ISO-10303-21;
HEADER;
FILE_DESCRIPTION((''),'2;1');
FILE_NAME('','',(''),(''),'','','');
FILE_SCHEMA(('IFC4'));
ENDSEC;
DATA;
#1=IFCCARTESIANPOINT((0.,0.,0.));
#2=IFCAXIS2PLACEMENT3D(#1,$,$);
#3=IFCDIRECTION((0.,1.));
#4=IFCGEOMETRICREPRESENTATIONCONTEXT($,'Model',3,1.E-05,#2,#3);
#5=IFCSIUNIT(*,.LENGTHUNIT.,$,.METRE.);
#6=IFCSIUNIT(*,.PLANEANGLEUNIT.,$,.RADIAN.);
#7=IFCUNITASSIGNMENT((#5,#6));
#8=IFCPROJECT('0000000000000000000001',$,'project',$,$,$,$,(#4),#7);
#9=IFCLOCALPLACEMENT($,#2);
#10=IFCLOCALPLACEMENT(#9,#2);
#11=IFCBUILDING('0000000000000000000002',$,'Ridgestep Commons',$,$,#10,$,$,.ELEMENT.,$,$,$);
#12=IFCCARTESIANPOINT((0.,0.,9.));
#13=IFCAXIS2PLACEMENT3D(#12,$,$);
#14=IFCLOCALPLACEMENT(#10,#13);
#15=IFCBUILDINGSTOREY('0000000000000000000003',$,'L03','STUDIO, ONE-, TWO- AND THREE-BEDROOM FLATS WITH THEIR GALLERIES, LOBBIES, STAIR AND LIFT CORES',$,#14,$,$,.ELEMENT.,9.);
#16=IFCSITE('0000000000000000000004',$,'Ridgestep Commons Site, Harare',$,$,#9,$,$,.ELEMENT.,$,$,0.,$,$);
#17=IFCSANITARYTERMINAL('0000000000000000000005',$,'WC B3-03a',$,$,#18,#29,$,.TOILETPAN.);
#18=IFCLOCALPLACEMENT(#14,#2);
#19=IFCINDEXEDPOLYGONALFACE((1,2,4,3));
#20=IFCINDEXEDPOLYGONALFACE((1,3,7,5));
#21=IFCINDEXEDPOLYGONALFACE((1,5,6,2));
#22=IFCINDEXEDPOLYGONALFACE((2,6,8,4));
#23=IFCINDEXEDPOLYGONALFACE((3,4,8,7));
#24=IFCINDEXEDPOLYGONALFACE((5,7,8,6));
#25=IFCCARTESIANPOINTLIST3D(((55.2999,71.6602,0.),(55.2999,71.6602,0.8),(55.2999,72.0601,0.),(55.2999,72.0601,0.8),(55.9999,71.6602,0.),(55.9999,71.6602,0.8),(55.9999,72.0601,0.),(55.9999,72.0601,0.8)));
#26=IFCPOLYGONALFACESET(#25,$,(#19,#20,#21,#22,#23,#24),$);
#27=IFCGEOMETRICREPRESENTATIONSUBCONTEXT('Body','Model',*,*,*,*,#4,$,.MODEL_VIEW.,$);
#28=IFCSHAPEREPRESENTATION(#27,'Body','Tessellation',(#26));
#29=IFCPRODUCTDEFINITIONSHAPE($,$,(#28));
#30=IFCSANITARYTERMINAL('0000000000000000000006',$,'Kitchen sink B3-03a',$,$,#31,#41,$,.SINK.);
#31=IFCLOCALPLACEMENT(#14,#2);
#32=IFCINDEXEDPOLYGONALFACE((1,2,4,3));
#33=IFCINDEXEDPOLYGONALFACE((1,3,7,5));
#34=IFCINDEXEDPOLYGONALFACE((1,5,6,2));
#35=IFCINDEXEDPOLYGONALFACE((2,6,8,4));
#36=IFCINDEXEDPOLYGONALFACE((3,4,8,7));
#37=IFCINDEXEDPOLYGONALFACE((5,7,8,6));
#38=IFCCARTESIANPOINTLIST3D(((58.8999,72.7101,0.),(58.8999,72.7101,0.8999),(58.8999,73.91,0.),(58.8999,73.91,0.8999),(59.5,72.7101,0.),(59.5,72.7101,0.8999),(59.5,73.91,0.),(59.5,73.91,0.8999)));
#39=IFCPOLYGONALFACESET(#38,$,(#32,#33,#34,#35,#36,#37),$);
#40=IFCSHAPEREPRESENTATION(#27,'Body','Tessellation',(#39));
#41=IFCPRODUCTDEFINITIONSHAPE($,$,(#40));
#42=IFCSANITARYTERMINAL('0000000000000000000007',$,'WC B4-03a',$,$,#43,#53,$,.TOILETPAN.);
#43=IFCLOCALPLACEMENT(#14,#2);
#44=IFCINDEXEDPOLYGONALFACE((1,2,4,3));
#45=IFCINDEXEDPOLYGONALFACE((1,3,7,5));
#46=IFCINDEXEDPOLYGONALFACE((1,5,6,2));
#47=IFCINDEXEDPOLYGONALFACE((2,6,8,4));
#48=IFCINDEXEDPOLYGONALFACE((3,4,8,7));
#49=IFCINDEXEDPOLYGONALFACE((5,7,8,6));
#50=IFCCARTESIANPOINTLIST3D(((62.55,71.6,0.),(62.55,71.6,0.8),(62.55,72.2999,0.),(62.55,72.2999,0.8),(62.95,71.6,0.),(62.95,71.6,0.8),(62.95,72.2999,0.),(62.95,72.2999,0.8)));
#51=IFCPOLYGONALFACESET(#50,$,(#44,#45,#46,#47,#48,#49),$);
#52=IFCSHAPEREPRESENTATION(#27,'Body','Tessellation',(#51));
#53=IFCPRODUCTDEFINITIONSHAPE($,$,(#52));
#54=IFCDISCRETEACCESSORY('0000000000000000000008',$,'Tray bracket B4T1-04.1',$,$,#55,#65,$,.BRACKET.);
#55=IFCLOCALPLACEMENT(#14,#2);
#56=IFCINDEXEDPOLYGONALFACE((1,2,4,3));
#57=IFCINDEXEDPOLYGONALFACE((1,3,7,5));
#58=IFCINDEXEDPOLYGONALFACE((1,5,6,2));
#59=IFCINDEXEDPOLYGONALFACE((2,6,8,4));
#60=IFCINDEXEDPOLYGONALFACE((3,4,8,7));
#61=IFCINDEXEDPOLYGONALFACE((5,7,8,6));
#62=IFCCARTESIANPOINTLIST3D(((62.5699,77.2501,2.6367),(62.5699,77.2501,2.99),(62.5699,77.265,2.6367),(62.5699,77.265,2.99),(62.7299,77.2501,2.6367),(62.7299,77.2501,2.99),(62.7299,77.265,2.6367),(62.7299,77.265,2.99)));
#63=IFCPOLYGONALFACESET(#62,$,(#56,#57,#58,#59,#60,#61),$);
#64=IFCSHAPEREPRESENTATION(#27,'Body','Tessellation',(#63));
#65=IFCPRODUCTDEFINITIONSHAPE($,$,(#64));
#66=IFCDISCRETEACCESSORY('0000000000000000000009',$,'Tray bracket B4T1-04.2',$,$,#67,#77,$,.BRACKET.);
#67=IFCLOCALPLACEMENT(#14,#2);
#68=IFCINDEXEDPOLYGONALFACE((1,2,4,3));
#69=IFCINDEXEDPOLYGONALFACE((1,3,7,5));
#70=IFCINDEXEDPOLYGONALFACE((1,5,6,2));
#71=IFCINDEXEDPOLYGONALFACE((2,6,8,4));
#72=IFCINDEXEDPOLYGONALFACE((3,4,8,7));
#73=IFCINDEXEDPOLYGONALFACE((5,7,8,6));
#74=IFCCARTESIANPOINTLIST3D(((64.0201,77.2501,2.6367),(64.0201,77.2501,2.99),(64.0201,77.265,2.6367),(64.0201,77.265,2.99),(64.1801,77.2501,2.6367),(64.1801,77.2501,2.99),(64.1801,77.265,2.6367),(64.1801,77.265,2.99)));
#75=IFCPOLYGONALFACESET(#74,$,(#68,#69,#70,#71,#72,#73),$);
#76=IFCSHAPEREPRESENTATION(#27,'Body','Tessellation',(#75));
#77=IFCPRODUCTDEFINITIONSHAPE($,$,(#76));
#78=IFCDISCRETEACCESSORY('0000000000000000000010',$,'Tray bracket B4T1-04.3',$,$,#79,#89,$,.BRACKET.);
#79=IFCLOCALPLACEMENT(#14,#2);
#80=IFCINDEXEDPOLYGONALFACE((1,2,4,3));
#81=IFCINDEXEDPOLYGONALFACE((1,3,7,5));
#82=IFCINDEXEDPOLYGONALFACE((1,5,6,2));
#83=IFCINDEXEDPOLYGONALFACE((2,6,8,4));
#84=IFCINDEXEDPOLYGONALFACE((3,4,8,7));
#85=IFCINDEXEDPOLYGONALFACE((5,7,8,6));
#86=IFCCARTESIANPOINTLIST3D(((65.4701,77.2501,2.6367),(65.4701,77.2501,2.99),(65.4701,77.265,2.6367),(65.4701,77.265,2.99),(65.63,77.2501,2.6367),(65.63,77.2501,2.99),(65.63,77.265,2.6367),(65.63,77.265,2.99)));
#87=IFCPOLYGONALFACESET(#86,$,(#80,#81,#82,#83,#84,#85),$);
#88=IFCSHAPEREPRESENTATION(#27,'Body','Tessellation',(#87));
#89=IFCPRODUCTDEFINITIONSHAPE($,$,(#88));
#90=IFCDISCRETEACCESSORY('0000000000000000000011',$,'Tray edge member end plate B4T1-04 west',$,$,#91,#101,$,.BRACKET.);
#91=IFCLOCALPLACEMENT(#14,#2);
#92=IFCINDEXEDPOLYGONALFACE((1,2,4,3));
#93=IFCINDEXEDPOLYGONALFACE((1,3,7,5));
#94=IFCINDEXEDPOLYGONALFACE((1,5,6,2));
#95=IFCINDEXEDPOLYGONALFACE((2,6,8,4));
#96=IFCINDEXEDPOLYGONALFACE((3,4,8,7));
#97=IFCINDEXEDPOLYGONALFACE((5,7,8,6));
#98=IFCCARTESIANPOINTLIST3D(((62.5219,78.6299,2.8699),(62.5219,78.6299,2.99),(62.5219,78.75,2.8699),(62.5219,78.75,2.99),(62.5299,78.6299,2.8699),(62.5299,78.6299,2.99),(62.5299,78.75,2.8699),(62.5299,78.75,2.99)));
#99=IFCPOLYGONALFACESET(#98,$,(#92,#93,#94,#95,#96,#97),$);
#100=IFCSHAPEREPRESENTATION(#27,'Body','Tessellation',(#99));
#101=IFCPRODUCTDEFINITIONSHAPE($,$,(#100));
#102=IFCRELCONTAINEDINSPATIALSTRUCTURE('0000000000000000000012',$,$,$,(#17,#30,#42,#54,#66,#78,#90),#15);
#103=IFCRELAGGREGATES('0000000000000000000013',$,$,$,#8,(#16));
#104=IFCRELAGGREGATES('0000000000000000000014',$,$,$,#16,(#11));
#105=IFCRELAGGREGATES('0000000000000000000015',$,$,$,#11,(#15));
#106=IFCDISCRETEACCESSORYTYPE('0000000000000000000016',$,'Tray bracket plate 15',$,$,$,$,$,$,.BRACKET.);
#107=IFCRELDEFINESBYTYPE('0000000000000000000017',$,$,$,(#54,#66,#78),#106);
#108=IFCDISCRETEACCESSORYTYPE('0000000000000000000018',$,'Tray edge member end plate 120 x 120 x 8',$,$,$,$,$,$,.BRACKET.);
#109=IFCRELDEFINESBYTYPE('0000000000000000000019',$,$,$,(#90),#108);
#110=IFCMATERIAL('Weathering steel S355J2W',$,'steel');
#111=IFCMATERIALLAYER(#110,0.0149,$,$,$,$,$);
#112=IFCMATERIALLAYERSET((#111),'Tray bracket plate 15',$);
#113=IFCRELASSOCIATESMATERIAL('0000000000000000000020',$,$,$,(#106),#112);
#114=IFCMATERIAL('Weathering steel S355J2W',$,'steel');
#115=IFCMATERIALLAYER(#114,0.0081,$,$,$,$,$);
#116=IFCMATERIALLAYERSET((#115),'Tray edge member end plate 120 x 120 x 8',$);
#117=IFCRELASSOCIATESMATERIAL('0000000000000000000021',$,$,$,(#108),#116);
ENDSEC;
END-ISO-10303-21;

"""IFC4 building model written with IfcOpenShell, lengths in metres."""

from ifc_helpers import new_model, si_unit, direction, frame, origin, origin_2d, place, context, subcontext, project, spatial, rectangle, extrude, material, layer, layer_set, type_object, element, save


model = new_model("IFC4")

# Units and contexts
model_context = context("Model", 3, precision=1e-05, world=origin(), true_north=direction((0.0, 1.0)))
body_context = subcontext(model_context, "Body", "Model", "MODEL_VIEW")
ifc_project = project(units=[si_unit("LENGTHUNIT", "METRE"), si_unit("PLANEANGLEUNIT", "RADIAN")], contexts=[model_context])

# Site, building, storey
site_placement = place(None, origin())
site = spatial("IfcSite", under=ifc_project, at=site_placement, Name="Ridgestep Commons Site, Harare", CompositionType="ELEMENT", RefElevation=0.0)
building_placement = place(site_placement, origin())
building = spatial("IfcBuilding", under=site, at=building_placement, Name="Ridgestep Commons", CompositionType="ELEMENT")
storey_placement = place(building_placement, frame((0.0, 0.0, 9.0)))
storey = spatial("IfcBuildingStorey", under=building, at=storey_placement, Name="L03", Description="STUDIO, ONE-, TWO- AND THREE-BEDROOM FLATS WITH THEIR GALLERIES, LOBBIES, STAIR AND LIFT CORES", CompositionType="ELEMENT", Elevation=9.0)

# Sanitary terminals
sanitary_terminal_1_placement = place(storey_placement, frame((55.6499, 71.8601, 0.0), z_axis=(0.0, 0.0, 1.0), x_axis=(1.0, 0.0, 0.0)))
element("IfcSanitaryTerminal", 1, at=sanitary_terminal_1_placement, inside=storey, Name="WC B3-03a", PredefinedType="TOILETPAN", context=body_context, shape_type="SweptSolid", body=[
    extrude(rectangle(XDim=0.7, YDim=0.3999, at=origin_2d()), origin(), (0.0, 0.0, 1.0), 0.8),
])
sanitary_terminal_2_placement = place(storey_placement, frame((59.2, 73.3101, 0.0), z_axis=(0.0, 0.0, 1.0), x_axis=(1.0, 0.0, 0.0)))
element("IfcSanitaryTerminal", 2, at=sanitary_terminal_2_placement, inside=storey, Name="Kitchen sink B3-03a", PredefinedType="SINK", context=body_context, shape_type="SweptSolid", body=[
    extrude(rectangle(XDim=0.6001, YDim=1.2, at=origin_2d()), origin(), (0.0, 0.0, 1.0), 0.8999),
])
sanitary_terminal_3_placement = place(storey_placement, frame((62.75, 71.95, 0.0), z_axis=(0.0, 0.0, 1.0), x_axis=(1.0, 0.0, 0.0)))
element("IfcSanitaryTerminal", 3, at=sanitary_terminal_3_placement, inside=storey, Name="WC B4-03a", PredefinedType="TOILETPAN", context=body_context, shape_type="SweptSolid", body=[
    extrude(rectangle(XDim=0.3999, YDim=0.7, at=origin_2d()), origin(), (0.0, 0.0, 1.0), 0.8),
])

# Discrete accessories
ifc_material_1 = material(Name="Weathering steel S355J2W", Category="steel")
ifc_layer_1 = layer(ifc_material_1, 0.0149)
ifc_layer_set_1 = layer_set([ifc_layer_1], Name="Tray bracket plate 15")
discrete_accessory_type_1 = type_object("IfcDiscreteAccessoryType", Name="Tray bracket plate 15", PredefinedType="BRACKET", material=ifc_layer_set_1)
for number, where, z_axis, x_axis, name in (
    (4, (62.6499, 77.2576, 2.6367), (0.0, 0.0, 1.0), (1.0, 0.0, 0.0), "Tray bracket B4T1-04.1"),
    (5, (64.1001, 77.2576, 2.6367), (0.0, 0.0, 1.0), (1.0, 0.0, 0.0), "Tray bracket B4T1-04.2"),
    (6, (65.55, 77.2576, 2.6367), (0.0, 0.0, 1.0), (1.0, 0.0, 0.0), "Tray bracket B4T1-04.3"),
):
    element("IfcDiscreteAccessory", number, at=place(storey_placement, frame(where, z_axis=z_axis, x_axis=x_axis)), inside=storey, type_object=discrete_accessory_type_1, Name=name, PredefinedType="BRACKET", context=body_context, shape_type="SweptSolid", body=[
        extrude(rectangle(XDim=0.1599, YDim=0.0149, at=origin_2d()), origin(), (0.0, 0.0, 1.0), 0.3533),
    ])
ifc_material_2 = material(Name="Weathering steel S355J2W", Category="steel")
ifc_layer_2 = layer(ifc_material_2, 0.0081)
ifc_layer_set_2 = layer_set([ifc_layer_2], Name="Tray edge member end plate 120 x 120 x 8")
discrete_accessory_type_2 = type_object("IfcDiscreteAccessoryType", Name="Tray edge member end plate 120 x 120 x 8", PredefinedType="BRACKET", material=ifc_layer_set_2)
discrete_accessory_placement = place(storey_placement, frame((62.5259, 78.6899, 2.8699), z_axis=(0.0, 0.0, 1.0), x_axis=(1.0, 0.0, 0.0)))
element("IfcDiscreteAccessory", 7, at=discrete_accessory_placement, inside=storey, type_object=discrete_accessory_type_2, Name="Tray edge member end plate B4T1-04 west", PredefinedType="BRACKET", context=body_context, shape_type="SweptSolid", body=[
    extrude(rectangle(XDim=0.0081, YDim=0.1201, at=origin_2d()), origin(), (0.0, 0.0, 1.0), 0.1201),
])

save(model, "model.ifc")
